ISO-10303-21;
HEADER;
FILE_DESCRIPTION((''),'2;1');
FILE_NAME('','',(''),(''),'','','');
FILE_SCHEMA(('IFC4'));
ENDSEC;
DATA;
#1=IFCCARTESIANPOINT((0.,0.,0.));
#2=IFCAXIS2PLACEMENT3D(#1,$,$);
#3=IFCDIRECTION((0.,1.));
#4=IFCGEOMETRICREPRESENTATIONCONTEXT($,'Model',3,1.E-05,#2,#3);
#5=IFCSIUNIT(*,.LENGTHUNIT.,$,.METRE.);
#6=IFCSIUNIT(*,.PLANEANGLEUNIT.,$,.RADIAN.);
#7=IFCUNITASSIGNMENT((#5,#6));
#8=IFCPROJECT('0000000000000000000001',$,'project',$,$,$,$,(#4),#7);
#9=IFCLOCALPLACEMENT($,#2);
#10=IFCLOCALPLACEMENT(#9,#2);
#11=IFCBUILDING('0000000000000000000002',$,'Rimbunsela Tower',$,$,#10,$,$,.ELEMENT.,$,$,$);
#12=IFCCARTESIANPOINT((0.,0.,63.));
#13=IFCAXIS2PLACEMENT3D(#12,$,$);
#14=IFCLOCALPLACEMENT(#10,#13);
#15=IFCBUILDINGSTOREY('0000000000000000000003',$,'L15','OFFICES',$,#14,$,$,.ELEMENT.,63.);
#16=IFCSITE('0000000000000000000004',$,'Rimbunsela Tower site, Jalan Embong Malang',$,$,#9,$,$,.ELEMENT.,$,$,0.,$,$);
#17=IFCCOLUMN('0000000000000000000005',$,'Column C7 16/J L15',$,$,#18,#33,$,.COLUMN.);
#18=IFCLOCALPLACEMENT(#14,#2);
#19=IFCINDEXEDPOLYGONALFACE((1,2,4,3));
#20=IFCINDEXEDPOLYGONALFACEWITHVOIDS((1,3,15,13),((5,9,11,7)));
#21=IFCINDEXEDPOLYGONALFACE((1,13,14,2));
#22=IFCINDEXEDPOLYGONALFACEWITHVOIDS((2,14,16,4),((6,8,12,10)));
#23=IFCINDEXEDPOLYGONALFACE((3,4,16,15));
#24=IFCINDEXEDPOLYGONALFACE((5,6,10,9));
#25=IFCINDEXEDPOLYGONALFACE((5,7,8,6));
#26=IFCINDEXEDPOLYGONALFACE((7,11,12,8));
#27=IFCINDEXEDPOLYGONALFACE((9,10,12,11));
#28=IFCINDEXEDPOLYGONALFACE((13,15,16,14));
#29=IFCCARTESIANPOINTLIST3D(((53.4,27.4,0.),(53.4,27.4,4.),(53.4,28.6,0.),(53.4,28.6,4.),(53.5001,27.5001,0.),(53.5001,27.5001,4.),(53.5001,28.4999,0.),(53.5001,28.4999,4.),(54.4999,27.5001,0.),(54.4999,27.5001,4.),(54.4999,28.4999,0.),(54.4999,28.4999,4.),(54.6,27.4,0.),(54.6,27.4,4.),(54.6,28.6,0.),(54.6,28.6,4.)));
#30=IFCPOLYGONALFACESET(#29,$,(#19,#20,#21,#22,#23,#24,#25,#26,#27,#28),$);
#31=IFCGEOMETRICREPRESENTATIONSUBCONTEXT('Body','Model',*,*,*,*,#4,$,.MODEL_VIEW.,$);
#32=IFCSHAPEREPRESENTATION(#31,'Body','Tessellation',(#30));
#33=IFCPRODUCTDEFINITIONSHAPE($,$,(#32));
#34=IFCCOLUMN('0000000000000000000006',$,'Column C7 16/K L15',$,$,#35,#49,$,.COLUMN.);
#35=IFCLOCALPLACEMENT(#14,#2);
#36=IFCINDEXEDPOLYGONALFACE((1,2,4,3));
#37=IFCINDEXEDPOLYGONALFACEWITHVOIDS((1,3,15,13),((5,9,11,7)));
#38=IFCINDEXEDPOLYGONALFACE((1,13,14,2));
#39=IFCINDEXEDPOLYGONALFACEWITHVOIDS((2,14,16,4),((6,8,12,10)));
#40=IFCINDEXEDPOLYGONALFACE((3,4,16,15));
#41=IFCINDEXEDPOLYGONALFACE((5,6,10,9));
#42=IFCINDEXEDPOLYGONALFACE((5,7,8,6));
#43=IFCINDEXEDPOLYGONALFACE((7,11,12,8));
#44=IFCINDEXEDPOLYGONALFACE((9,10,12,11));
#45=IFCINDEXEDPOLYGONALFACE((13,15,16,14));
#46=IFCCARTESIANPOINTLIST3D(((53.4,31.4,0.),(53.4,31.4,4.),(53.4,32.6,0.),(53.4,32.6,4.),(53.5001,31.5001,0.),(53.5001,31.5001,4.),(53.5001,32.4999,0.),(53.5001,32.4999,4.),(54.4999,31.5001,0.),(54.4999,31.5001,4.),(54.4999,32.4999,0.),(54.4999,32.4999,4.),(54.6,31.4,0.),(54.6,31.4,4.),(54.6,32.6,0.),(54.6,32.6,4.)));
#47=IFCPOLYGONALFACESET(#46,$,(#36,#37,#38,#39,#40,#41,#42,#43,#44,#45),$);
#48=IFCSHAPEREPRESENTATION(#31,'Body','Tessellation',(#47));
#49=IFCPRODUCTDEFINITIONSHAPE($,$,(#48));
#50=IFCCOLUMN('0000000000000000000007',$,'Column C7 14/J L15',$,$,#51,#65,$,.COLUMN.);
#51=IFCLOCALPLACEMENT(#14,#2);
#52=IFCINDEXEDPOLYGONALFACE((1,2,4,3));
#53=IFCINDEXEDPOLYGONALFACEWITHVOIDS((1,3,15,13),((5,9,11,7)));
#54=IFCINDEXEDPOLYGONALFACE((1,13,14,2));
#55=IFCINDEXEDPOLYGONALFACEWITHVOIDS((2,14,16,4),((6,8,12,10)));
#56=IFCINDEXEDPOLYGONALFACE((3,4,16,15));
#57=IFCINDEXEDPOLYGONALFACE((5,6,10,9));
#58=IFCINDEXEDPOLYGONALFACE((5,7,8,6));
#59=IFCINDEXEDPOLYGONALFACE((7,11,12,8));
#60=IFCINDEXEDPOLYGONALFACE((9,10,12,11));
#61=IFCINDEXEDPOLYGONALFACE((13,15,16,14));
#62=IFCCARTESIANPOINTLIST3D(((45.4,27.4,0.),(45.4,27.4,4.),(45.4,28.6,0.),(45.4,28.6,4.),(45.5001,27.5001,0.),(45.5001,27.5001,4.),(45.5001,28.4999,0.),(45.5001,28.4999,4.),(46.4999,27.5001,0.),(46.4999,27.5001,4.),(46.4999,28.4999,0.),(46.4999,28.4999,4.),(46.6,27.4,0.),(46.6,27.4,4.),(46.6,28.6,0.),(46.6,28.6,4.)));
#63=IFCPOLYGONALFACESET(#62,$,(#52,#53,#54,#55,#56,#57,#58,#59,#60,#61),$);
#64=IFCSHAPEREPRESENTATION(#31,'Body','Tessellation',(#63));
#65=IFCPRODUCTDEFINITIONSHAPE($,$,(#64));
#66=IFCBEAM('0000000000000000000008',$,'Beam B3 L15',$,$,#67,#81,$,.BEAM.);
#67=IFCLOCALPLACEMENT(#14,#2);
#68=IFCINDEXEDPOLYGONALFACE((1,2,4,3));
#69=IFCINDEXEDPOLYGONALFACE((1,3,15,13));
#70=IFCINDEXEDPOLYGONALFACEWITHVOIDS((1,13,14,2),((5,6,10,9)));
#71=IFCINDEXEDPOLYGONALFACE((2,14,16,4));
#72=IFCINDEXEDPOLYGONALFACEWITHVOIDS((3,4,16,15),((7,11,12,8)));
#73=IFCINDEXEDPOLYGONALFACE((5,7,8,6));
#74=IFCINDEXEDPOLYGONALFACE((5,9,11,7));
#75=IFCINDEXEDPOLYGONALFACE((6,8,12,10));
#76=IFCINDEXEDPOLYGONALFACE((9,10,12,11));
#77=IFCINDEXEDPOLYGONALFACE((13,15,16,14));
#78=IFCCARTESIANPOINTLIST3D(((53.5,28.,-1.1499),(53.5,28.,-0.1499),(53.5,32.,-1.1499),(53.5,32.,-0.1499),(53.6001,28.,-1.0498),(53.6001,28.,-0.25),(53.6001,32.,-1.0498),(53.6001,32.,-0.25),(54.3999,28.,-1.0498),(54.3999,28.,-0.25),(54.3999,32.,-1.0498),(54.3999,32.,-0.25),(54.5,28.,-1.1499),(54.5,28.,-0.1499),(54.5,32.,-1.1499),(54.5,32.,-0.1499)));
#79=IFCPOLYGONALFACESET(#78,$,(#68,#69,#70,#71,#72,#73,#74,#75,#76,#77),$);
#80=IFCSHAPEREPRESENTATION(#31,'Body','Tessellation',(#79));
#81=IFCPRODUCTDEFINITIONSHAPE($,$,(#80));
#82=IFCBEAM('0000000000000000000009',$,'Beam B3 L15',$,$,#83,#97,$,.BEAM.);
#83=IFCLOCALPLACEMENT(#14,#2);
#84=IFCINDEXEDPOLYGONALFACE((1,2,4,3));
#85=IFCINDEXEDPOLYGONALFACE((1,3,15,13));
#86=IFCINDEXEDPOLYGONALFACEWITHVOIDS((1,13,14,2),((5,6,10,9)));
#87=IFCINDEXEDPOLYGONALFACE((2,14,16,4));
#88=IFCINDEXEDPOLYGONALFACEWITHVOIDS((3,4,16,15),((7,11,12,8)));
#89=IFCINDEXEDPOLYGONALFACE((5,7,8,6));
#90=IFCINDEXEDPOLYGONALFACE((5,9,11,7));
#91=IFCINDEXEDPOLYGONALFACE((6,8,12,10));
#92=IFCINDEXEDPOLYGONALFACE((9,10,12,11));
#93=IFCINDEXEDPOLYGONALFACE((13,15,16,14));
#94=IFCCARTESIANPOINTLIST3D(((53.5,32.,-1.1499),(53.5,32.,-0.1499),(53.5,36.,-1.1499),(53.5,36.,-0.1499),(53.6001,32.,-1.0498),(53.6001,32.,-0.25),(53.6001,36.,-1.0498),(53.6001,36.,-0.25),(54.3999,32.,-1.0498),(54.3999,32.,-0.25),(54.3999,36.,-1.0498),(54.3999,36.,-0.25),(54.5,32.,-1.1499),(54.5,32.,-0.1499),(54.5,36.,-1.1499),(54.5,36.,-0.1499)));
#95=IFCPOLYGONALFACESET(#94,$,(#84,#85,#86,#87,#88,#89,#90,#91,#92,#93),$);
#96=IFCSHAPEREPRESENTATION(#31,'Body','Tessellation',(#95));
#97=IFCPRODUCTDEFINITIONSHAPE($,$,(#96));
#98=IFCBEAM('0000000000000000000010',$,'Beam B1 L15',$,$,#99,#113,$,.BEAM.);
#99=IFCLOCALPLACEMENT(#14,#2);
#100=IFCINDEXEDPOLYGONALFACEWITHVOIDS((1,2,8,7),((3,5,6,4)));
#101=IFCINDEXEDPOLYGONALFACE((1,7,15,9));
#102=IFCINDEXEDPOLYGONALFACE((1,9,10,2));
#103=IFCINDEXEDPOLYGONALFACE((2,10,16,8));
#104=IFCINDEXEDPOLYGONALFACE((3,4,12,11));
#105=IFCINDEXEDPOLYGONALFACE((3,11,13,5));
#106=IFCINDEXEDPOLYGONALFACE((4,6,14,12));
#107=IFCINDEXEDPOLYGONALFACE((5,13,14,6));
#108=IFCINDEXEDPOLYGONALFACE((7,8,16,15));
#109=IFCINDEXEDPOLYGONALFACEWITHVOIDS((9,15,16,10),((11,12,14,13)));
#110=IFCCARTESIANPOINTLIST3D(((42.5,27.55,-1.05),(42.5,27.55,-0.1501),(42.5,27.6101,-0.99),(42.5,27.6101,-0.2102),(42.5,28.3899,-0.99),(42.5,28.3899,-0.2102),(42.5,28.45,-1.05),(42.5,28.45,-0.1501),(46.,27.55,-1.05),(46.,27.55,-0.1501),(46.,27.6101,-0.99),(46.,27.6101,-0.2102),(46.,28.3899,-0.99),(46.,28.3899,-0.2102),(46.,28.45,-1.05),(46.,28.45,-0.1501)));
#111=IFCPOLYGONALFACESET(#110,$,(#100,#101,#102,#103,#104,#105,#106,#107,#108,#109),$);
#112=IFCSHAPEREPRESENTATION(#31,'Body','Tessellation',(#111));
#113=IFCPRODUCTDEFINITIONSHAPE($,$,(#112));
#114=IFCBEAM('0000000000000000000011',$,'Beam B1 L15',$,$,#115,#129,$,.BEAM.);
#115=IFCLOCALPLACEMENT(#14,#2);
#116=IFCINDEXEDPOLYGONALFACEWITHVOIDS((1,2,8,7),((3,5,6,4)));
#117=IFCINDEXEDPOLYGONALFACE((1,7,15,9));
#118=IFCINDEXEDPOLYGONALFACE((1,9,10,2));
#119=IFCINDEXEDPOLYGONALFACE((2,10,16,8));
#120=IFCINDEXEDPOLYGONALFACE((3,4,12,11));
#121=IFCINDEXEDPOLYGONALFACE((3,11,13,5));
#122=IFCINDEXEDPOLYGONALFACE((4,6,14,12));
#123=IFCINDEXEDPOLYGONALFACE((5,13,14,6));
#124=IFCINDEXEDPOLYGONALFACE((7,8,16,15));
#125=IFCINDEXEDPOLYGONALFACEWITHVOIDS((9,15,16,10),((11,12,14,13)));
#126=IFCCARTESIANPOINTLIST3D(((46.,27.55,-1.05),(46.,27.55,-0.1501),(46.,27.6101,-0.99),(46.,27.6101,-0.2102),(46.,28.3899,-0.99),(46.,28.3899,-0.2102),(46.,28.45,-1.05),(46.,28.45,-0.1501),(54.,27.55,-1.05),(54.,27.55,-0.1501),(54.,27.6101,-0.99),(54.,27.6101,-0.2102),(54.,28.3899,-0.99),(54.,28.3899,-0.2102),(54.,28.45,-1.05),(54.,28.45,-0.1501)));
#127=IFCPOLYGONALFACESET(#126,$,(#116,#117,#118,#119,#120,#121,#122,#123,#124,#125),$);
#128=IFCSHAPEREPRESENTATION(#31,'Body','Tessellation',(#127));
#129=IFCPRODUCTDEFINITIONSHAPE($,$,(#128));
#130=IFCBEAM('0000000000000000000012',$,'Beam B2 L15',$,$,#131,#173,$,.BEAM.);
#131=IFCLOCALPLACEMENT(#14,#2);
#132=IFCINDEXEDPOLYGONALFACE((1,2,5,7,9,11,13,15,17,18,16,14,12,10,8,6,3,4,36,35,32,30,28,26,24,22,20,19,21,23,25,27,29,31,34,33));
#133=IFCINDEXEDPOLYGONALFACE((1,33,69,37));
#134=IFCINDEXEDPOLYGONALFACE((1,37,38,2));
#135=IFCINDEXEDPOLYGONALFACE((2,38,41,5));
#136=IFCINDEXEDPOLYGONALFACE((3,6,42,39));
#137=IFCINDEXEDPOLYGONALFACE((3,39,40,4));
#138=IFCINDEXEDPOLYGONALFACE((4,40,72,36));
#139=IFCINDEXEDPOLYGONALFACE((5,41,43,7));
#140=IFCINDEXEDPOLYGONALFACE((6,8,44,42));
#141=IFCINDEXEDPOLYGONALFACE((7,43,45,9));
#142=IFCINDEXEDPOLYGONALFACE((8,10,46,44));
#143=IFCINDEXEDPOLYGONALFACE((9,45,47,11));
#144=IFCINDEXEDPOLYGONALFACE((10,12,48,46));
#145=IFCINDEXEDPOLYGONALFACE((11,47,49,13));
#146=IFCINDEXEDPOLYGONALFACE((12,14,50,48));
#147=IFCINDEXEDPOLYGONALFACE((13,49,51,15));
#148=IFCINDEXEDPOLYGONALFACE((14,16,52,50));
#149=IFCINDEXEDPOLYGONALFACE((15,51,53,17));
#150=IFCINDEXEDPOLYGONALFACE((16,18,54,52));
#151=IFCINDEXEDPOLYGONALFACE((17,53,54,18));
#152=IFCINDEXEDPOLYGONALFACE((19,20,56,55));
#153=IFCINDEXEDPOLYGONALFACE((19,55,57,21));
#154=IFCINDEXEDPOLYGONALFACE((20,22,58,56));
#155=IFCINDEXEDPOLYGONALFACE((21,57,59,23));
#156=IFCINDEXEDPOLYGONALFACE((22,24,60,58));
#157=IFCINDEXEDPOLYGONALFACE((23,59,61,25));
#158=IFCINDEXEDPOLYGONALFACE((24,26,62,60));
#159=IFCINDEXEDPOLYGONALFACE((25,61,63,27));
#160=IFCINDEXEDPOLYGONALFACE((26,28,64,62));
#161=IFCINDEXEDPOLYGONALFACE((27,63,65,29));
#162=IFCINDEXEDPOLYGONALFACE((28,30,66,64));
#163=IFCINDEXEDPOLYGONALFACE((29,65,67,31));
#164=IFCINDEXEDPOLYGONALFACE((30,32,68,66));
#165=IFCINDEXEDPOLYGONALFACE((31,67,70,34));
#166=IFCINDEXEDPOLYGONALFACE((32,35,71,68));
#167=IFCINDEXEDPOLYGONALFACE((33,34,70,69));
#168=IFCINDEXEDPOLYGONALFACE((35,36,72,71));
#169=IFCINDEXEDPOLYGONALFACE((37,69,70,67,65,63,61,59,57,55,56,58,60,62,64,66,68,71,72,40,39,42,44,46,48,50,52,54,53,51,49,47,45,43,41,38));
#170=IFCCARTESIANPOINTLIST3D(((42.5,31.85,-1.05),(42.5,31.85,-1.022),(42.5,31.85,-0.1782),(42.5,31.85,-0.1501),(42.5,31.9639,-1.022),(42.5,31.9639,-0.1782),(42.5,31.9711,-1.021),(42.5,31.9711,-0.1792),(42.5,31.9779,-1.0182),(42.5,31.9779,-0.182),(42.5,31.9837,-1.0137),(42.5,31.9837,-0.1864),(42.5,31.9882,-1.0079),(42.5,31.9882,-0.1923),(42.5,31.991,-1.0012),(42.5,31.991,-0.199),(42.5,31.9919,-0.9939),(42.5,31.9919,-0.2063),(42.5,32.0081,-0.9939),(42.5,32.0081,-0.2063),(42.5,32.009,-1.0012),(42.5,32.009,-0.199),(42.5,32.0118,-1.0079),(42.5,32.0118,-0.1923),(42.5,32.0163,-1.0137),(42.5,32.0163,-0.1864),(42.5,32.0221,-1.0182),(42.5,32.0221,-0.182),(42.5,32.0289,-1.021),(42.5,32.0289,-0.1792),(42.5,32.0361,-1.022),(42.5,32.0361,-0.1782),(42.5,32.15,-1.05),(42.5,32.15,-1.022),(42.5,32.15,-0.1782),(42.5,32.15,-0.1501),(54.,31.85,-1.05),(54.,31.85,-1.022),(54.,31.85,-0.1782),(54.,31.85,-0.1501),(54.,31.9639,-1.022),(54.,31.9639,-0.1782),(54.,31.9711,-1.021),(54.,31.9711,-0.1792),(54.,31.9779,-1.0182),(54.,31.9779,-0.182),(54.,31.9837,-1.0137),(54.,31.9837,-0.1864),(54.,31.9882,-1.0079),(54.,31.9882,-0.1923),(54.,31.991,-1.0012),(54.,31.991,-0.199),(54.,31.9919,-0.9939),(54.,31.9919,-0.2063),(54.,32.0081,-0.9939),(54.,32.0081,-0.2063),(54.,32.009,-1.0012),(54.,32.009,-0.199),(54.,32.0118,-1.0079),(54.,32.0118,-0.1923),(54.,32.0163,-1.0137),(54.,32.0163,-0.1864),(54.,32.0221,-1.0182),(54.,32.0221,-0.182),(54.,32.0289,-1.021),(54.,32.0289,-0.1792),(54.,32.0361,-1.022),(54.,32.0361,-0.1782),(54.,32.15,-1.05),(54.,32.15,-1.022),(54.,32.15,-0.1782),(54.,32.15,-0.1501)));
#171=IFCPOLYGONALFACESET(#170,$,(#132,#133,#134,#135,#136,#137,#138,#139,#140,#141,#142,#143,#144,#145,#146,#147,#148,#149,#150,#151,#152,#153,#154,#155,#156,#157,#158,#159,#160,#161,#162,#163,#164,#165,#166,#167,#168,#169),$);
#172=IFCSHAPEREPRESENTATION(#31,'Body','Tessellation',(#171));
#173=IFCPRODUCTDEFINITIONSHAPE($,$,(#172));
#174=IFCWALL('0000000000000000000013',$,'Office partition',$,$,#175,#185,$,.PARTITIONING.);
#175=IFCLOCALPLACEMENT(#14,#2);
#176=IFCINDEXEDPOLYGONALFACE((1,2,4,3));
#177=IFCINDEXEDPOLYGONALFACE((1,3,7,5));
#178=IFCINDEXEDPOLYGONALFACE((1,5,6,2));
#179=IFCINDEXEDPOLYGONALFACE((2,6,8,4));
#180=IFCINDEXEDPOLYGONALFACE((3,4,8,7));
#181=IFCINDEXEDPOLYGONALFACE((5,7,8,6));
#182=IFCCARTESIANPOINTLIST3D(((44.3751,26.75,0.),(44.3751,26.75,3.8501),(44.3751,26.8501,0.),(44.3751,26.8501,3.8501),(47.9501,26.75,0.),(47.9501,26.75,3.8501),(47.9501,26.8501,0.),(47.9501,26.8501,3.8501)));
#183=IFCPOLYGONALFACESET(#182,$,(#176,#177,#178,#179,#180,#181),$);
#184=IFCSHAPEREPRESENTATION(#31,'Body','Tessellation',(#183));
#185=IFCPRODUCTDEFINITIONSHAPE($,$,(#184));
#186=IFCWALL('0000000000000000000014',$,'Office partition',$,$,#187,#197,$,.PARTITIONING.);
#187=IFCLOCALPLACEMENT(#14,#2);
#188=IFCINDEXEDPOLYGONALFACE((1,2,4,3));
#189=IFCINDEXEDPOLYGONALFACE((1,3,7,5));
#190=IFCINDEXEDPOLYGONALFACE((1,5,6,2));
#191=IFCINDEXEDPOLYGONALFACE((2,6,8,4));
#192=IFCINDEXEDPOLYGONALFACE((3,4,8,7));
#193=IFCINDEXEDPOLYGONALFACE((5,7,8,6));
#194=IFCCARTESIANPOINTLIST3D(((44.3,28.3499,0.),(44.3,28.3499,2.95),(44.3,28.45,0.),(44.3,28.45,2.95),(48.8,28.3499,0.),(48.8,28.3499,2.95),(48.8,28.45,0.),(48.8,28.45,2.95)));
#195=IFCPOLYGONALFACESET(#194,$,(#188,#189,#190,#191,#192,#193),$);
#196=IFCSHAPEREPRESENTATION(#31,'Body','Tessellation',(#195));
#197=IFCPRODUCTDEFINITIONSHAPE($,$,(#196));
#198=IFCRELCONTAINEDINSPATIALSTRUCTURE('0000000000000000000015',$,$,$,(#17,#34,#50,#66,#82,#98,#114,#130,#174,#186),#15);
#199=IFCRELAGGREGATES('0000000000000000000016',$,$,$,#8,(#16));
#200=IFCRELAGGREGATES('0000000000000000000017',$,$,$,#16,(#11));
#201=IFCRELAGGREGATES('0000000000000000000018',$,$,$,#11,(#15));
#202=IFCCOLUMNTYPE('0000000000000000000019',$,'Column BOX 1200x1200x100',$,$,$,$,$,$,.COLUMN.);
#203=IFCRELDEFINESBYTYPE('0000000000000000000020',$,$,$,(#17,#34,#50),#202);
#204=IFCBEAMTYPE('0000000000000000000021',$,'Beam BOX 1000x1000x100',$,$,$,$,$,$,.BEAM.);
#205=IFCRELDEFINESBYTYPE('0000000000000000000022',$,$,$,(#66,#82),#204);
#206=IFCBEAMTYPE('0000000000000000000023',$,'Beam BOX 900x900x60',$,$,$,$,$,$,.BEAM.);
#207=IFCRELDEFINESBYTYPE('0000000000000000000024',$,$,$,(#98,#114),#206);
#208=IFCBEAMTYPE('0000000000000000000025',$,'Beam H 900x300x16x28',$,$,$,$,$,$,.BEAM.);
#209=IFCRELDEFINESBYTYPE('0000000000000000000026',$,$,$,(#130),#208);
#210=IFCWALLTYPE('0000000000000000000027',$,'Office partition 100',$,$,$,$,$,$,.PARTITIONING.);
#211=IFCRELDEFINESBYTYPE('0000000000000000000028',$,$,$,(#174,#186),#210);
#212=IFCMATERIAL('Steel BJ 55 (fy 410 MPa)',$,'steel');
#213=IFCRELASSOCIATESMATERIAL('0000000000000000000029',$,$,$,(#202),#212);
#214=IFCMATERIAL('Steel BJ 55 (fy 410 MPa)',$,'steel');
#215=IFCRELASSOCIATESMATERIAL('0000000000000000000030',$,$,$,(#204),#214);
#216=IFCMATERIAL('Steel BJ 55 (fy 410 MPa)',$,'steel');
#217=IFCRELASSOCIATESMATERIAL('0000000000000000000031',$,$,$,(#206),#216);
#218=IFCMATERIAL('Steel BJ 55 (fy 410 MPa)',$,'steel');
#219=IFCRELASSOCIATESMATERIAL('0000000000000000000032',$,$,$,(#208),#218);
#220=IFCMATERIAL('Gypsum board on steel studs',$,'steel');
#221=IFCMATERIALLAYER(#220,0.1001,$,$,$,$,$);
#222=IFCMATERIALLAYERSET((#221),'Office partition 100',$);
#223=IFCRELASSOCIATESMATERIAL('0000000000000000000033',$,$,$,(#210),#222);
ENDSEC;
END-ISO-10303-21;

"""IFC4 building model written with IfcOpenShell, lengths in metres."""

from ifc_helpers import new_model, si_unit, direction, frame, frame_2d, origin, origin_2d, place, context, subcontext, project, spatial, rectangle, hollow_rectangle, i_section, extrude, material, layer, layer_set, material_profile, profile_set, type_object, element, save


model = new_model("IFC4")

# Units and contexts
model_context = context("Model", 3, precision=1e-05, world=origin(), true_north=direction((0.0, 1.0)))
body_context = subcontext(model_context, "Body", "Model", "MODEL_VIEW")
ifc_project = project(units=[si_unit("LENGTHUNIT", "METRE"), si_unit("PLANEANGLEUNIT", "RADIAN")], contexts=[model_context])

# Site, building, storey
site_placement = place(None, origin())
site = spatial("IfcSite", under=ifc_project, at=site_placement, Name="Rimbunsela Tower site, Jalan Embong Malang", CompositionType="ELEMENT", RefElevation=0.0)
building_placement = place(site_placement, origin())
building = spatial("IfcBuilding", under=site, at=building_placement, Name="Rimbunsela Tower", CompositionType="ELEMENT")
storey_placement = place(building_placement, frame((0.0, 0.0, 63.0)))
storey = spatial("IfcBuildingStorey", under=building, at=storey_placement, Name="L15", Description="OFFICES", CompositionType="ELEMENT", Elevation=63.0)

# Columns
ifc_material_1 = material(Name="Steel BJ 55 (fy 410 MPa)", Category="steel")
ifc_material_profile_1 = material_profile(ifc_material_1, hollow_rectangle(XDim=1.2, YDim=1.2, WallThickness=0.1001, at=origin_2d()), Name="BOX 1200x1200x100")
ifc_profile_set_1 = profile_set([ifc_material_profile_1], Name="Steel BJ 55 (fy 410 MPa)")
column_type = type_object("IfcColumnType", Name="Column BOX 1200x1200x100", PredefinedType="COLUMN", material=ifc_profile_set_1)
for number, where, z_axis, x_axis, name in (
    (1, (54.0, 28.0, 0.0), (0.0, 0.0, 1.0), (1.0, 0.0, 0.0), "Column C7 16/J L15"),
    (2, (54.0, 32.0, 0.0), (0.0, 0.0, 1.0), (1.0, 0.0, 0.0), "Column C7 16/K L15"),
    (3, (46.0, 28.0, 0.0), (0.0, 0.0, 1.0), (1.0, 0.0, 0.0), "Column C7 14/J L15"),
):
    element("IfcColumn", number, at=place(storey_placement, frame(where, z_axis=z_axis, x_axis=x_axis)), inside=storey, type_object=column_type, Name=name, PredefinedType="COLUMN", context=body_context, shape_type="SweptSolid", body=[
        extrude(hollow_rectangle(XDim=1.2, YDim=1.2, WallThickness=0.1001, at=origin_2d()), origin(), (0.0, 0.0, 1.0), 4.0),
    ])

# Beams
ifc_material_2 = material(Name="Steel BJ 55 (fy 410 MPa)", Category="steel")
ifc_material_profile_2 = material_profile(ifc_material_2, hollow_rectangle(XDim=1.0, YDim=1.0, WallThickness=0.1001, at=origin_2d()), Name="BOX 1000x1000x100")
ifc_profile_set_2 = profile_set([ifc_material_profile_2], Name="Steel BJ 55 (fy 410 MPa)")
beam_type_1 = type_object("IfcBeamType", Name="Beam BOX 1000x1000x100", PredefinedType="BEAM", material=ifc_profile_set_2)
for number, where, z_axis, x_axis, name in (
    (4, (54.0, 28.0, -0.6499), (0.0, 1.0, 0.0), (-1.0, 0.0, 0.0), "Beam B3 L15"),
    (5, (54.0, 32.0, -0.6499), (0.0, 1.0, 0.0), (-1.0, 0.0, 0.0), "Beam B3 L15"),
):
    element("IfcBeam", number, at=place(storey_placement, frame(where, z_axis=z_axis, x_axis=x_axis)), inside=storey, type_object=beam_type_1, Name=name, PredefinedType="BEAM", context=body_context, shape_type="SweptSolid", body=[
        extrude(hollow_rectangle(XDim=1.0, YDim=1.0, WallThickness=0.1001, at=origin_2d()), origin(), (0.0, 0.0, 1.0), 4.0),
    ])
ifc_material_3 = material(Name="Steel BJ 55 (fy 410 MPa)", Category="steel")
ifc_material_profile_3 = material_profile(ifc_material_3, hollow_rectangle(XDim=0.8999, YDim=0.8999, WallThickness=0.0601, at=origin_2d()), Name="BOX 900x900x60")
ifc_profile_set_3 = profile_set([ifc_material_profile_3], Name="Steel BJ 55 (fy 410 MPa)")
beam_type_2 = type_object("IfcBeamType", Name="Beam BOX 900x900x60", PredefinedType="BEAM", material=ifc_profile_set_3)
beam_1_placement = place(storey_placement, frame((42.5, 28.0, -0.6001), z_axis=(1.0, 0.0, 0.0), x_axis=(0.0, 1.0, 0.0)))
element("IfcBeam", 6, at=beam_1_placement, inside=storey, type_object=beam_type_2, Name="Beam B1 L15", PredefinedType="BEAM", context=body_context, shape_type="SweptSolid", body=[
    extrude(hollow_rectangle(XDim=0.8999, YDim=0.8999, WallThickness=0.0601, at=origin_2d()), origin(), (0.0, 0.0, 1.0), 3.5),
])
beam_2_placement = place(storey_placement, frame((46.0, 28.0, -0.6001), z_axis=(1.0, 0.0, 0.0), x_axis=(0.0, 1.0, 0.0)))
element("IfcBeam", 7, at=beam_2_placement, inside=storey, type_object=beam_type_2, Name="Beam B1 L15", PredefinedType="BEAM", context=body_context, shape_type="SweptSolid", body=[
    extrude(hollow_rectangle(XDim=0.8999, YDim=0.8999, WallThickness=0.0601, at=origin_2d()), origin(), (0.0, 0.0, 1.0), 8.0),
])
ifc_material_4 = material(Name="Steel BJ 55 (fy 410 MPa)", Category="steel")
ifc_material_profile_4 = material_profile(ifc_material_4, i_section(OverallWidth=0.3, OverallDepth=0.8999, WebThickness=0.0161, FlangeThickness=0.0281, FilletRadius=0.0281, at=origin_2d()), Name="H 900x300x16x28")
ifc_profile_set_4 = profile_set([ifc_material_profile_4], Name="Steel BJ 55 (fy 410 MPa)")
beam_type_3 = type_object("IfcBeamType", Name="Beam H 900x300x16x28", PredefinedType="BEAM", material=ifc_profile_set_4)
beam_3_placement = place(storey_placement, frame((42.5, 32.0, -0.6001), z_axis=(1.0, 0.0, 0.0), x_axis=(0.0, 1.0, 0.0)))
element("IfcBeam", 8, at=beam_3_placement, inside=storey, type_object=beam_type_3, Name="Beam B2 L15", PredefinedType="BEAM", context=body_context, shape_type="SweptSolid", body=[
    extrude(i_section(OverallWidth=0.3, OverallDepth=0.8999, WebThickness=0.0161, FlangeThickness=0.0281, FilletRadius=0.0281, at=origin_2d()), origin(), (0.0, 0.0, 1.0), 11.5),
])

# Walls
ifc_material_5 = material(Name="Gypsum board on steel studs", Category="steel")
ifc_layer_1 = layer(ifc_material_5, 0.1001)
ifc_layer_set_1 = layer_set([ifc_layer_1], Name="Office partition 100")
wall_type_1 = type_object("IfcWallType", Name="Office partition 100", PredefinedType="PARTITIONING", material=ifc_layer_set_1)
wall_1_placement = place(storey_placement, frame((44.375, 26.8, 0.0), z_axis=(0.0, 0.0, 1.0), x_axis=(1.0, 0.0, 0.0)))
element("IfcWall", 9, at=wall_1_placement, inside=storey, type_object=wall_type_1, Name="Office partition", PredefinedType="PARTITIONING", context=body_context, shape_type="SweptSolid", body=[
    extrude(rectangle(XDim=3.575, YDim=0.1001, at=frame_2d((1.7876, 0.0))), origin(), (0.0, 0.0, 1.0), 3.8501),
])
wall_2_placement = place(storey_placement, frame((44.3, 28.3999, 0.0), z_axis=(0.0, 0.0, 1.0), x_axis=(1.0, 0.0, 0.0)))
element("IfcWall", 10, at=wall_2_placement, inside=storey, type_object=wall_type_1, Name="Office partition", PredefinedType="PARTITIONING", context=body_context, shape_type="SweptSolid", body=[
    extrude(rectangle(XDim=4.5, YDim=0.1001, at=frame_2d((2.25, 0.0))), origin(), (0.0, 0.0, 1.0), 2.95),
])

save(model, "model.ifc")
